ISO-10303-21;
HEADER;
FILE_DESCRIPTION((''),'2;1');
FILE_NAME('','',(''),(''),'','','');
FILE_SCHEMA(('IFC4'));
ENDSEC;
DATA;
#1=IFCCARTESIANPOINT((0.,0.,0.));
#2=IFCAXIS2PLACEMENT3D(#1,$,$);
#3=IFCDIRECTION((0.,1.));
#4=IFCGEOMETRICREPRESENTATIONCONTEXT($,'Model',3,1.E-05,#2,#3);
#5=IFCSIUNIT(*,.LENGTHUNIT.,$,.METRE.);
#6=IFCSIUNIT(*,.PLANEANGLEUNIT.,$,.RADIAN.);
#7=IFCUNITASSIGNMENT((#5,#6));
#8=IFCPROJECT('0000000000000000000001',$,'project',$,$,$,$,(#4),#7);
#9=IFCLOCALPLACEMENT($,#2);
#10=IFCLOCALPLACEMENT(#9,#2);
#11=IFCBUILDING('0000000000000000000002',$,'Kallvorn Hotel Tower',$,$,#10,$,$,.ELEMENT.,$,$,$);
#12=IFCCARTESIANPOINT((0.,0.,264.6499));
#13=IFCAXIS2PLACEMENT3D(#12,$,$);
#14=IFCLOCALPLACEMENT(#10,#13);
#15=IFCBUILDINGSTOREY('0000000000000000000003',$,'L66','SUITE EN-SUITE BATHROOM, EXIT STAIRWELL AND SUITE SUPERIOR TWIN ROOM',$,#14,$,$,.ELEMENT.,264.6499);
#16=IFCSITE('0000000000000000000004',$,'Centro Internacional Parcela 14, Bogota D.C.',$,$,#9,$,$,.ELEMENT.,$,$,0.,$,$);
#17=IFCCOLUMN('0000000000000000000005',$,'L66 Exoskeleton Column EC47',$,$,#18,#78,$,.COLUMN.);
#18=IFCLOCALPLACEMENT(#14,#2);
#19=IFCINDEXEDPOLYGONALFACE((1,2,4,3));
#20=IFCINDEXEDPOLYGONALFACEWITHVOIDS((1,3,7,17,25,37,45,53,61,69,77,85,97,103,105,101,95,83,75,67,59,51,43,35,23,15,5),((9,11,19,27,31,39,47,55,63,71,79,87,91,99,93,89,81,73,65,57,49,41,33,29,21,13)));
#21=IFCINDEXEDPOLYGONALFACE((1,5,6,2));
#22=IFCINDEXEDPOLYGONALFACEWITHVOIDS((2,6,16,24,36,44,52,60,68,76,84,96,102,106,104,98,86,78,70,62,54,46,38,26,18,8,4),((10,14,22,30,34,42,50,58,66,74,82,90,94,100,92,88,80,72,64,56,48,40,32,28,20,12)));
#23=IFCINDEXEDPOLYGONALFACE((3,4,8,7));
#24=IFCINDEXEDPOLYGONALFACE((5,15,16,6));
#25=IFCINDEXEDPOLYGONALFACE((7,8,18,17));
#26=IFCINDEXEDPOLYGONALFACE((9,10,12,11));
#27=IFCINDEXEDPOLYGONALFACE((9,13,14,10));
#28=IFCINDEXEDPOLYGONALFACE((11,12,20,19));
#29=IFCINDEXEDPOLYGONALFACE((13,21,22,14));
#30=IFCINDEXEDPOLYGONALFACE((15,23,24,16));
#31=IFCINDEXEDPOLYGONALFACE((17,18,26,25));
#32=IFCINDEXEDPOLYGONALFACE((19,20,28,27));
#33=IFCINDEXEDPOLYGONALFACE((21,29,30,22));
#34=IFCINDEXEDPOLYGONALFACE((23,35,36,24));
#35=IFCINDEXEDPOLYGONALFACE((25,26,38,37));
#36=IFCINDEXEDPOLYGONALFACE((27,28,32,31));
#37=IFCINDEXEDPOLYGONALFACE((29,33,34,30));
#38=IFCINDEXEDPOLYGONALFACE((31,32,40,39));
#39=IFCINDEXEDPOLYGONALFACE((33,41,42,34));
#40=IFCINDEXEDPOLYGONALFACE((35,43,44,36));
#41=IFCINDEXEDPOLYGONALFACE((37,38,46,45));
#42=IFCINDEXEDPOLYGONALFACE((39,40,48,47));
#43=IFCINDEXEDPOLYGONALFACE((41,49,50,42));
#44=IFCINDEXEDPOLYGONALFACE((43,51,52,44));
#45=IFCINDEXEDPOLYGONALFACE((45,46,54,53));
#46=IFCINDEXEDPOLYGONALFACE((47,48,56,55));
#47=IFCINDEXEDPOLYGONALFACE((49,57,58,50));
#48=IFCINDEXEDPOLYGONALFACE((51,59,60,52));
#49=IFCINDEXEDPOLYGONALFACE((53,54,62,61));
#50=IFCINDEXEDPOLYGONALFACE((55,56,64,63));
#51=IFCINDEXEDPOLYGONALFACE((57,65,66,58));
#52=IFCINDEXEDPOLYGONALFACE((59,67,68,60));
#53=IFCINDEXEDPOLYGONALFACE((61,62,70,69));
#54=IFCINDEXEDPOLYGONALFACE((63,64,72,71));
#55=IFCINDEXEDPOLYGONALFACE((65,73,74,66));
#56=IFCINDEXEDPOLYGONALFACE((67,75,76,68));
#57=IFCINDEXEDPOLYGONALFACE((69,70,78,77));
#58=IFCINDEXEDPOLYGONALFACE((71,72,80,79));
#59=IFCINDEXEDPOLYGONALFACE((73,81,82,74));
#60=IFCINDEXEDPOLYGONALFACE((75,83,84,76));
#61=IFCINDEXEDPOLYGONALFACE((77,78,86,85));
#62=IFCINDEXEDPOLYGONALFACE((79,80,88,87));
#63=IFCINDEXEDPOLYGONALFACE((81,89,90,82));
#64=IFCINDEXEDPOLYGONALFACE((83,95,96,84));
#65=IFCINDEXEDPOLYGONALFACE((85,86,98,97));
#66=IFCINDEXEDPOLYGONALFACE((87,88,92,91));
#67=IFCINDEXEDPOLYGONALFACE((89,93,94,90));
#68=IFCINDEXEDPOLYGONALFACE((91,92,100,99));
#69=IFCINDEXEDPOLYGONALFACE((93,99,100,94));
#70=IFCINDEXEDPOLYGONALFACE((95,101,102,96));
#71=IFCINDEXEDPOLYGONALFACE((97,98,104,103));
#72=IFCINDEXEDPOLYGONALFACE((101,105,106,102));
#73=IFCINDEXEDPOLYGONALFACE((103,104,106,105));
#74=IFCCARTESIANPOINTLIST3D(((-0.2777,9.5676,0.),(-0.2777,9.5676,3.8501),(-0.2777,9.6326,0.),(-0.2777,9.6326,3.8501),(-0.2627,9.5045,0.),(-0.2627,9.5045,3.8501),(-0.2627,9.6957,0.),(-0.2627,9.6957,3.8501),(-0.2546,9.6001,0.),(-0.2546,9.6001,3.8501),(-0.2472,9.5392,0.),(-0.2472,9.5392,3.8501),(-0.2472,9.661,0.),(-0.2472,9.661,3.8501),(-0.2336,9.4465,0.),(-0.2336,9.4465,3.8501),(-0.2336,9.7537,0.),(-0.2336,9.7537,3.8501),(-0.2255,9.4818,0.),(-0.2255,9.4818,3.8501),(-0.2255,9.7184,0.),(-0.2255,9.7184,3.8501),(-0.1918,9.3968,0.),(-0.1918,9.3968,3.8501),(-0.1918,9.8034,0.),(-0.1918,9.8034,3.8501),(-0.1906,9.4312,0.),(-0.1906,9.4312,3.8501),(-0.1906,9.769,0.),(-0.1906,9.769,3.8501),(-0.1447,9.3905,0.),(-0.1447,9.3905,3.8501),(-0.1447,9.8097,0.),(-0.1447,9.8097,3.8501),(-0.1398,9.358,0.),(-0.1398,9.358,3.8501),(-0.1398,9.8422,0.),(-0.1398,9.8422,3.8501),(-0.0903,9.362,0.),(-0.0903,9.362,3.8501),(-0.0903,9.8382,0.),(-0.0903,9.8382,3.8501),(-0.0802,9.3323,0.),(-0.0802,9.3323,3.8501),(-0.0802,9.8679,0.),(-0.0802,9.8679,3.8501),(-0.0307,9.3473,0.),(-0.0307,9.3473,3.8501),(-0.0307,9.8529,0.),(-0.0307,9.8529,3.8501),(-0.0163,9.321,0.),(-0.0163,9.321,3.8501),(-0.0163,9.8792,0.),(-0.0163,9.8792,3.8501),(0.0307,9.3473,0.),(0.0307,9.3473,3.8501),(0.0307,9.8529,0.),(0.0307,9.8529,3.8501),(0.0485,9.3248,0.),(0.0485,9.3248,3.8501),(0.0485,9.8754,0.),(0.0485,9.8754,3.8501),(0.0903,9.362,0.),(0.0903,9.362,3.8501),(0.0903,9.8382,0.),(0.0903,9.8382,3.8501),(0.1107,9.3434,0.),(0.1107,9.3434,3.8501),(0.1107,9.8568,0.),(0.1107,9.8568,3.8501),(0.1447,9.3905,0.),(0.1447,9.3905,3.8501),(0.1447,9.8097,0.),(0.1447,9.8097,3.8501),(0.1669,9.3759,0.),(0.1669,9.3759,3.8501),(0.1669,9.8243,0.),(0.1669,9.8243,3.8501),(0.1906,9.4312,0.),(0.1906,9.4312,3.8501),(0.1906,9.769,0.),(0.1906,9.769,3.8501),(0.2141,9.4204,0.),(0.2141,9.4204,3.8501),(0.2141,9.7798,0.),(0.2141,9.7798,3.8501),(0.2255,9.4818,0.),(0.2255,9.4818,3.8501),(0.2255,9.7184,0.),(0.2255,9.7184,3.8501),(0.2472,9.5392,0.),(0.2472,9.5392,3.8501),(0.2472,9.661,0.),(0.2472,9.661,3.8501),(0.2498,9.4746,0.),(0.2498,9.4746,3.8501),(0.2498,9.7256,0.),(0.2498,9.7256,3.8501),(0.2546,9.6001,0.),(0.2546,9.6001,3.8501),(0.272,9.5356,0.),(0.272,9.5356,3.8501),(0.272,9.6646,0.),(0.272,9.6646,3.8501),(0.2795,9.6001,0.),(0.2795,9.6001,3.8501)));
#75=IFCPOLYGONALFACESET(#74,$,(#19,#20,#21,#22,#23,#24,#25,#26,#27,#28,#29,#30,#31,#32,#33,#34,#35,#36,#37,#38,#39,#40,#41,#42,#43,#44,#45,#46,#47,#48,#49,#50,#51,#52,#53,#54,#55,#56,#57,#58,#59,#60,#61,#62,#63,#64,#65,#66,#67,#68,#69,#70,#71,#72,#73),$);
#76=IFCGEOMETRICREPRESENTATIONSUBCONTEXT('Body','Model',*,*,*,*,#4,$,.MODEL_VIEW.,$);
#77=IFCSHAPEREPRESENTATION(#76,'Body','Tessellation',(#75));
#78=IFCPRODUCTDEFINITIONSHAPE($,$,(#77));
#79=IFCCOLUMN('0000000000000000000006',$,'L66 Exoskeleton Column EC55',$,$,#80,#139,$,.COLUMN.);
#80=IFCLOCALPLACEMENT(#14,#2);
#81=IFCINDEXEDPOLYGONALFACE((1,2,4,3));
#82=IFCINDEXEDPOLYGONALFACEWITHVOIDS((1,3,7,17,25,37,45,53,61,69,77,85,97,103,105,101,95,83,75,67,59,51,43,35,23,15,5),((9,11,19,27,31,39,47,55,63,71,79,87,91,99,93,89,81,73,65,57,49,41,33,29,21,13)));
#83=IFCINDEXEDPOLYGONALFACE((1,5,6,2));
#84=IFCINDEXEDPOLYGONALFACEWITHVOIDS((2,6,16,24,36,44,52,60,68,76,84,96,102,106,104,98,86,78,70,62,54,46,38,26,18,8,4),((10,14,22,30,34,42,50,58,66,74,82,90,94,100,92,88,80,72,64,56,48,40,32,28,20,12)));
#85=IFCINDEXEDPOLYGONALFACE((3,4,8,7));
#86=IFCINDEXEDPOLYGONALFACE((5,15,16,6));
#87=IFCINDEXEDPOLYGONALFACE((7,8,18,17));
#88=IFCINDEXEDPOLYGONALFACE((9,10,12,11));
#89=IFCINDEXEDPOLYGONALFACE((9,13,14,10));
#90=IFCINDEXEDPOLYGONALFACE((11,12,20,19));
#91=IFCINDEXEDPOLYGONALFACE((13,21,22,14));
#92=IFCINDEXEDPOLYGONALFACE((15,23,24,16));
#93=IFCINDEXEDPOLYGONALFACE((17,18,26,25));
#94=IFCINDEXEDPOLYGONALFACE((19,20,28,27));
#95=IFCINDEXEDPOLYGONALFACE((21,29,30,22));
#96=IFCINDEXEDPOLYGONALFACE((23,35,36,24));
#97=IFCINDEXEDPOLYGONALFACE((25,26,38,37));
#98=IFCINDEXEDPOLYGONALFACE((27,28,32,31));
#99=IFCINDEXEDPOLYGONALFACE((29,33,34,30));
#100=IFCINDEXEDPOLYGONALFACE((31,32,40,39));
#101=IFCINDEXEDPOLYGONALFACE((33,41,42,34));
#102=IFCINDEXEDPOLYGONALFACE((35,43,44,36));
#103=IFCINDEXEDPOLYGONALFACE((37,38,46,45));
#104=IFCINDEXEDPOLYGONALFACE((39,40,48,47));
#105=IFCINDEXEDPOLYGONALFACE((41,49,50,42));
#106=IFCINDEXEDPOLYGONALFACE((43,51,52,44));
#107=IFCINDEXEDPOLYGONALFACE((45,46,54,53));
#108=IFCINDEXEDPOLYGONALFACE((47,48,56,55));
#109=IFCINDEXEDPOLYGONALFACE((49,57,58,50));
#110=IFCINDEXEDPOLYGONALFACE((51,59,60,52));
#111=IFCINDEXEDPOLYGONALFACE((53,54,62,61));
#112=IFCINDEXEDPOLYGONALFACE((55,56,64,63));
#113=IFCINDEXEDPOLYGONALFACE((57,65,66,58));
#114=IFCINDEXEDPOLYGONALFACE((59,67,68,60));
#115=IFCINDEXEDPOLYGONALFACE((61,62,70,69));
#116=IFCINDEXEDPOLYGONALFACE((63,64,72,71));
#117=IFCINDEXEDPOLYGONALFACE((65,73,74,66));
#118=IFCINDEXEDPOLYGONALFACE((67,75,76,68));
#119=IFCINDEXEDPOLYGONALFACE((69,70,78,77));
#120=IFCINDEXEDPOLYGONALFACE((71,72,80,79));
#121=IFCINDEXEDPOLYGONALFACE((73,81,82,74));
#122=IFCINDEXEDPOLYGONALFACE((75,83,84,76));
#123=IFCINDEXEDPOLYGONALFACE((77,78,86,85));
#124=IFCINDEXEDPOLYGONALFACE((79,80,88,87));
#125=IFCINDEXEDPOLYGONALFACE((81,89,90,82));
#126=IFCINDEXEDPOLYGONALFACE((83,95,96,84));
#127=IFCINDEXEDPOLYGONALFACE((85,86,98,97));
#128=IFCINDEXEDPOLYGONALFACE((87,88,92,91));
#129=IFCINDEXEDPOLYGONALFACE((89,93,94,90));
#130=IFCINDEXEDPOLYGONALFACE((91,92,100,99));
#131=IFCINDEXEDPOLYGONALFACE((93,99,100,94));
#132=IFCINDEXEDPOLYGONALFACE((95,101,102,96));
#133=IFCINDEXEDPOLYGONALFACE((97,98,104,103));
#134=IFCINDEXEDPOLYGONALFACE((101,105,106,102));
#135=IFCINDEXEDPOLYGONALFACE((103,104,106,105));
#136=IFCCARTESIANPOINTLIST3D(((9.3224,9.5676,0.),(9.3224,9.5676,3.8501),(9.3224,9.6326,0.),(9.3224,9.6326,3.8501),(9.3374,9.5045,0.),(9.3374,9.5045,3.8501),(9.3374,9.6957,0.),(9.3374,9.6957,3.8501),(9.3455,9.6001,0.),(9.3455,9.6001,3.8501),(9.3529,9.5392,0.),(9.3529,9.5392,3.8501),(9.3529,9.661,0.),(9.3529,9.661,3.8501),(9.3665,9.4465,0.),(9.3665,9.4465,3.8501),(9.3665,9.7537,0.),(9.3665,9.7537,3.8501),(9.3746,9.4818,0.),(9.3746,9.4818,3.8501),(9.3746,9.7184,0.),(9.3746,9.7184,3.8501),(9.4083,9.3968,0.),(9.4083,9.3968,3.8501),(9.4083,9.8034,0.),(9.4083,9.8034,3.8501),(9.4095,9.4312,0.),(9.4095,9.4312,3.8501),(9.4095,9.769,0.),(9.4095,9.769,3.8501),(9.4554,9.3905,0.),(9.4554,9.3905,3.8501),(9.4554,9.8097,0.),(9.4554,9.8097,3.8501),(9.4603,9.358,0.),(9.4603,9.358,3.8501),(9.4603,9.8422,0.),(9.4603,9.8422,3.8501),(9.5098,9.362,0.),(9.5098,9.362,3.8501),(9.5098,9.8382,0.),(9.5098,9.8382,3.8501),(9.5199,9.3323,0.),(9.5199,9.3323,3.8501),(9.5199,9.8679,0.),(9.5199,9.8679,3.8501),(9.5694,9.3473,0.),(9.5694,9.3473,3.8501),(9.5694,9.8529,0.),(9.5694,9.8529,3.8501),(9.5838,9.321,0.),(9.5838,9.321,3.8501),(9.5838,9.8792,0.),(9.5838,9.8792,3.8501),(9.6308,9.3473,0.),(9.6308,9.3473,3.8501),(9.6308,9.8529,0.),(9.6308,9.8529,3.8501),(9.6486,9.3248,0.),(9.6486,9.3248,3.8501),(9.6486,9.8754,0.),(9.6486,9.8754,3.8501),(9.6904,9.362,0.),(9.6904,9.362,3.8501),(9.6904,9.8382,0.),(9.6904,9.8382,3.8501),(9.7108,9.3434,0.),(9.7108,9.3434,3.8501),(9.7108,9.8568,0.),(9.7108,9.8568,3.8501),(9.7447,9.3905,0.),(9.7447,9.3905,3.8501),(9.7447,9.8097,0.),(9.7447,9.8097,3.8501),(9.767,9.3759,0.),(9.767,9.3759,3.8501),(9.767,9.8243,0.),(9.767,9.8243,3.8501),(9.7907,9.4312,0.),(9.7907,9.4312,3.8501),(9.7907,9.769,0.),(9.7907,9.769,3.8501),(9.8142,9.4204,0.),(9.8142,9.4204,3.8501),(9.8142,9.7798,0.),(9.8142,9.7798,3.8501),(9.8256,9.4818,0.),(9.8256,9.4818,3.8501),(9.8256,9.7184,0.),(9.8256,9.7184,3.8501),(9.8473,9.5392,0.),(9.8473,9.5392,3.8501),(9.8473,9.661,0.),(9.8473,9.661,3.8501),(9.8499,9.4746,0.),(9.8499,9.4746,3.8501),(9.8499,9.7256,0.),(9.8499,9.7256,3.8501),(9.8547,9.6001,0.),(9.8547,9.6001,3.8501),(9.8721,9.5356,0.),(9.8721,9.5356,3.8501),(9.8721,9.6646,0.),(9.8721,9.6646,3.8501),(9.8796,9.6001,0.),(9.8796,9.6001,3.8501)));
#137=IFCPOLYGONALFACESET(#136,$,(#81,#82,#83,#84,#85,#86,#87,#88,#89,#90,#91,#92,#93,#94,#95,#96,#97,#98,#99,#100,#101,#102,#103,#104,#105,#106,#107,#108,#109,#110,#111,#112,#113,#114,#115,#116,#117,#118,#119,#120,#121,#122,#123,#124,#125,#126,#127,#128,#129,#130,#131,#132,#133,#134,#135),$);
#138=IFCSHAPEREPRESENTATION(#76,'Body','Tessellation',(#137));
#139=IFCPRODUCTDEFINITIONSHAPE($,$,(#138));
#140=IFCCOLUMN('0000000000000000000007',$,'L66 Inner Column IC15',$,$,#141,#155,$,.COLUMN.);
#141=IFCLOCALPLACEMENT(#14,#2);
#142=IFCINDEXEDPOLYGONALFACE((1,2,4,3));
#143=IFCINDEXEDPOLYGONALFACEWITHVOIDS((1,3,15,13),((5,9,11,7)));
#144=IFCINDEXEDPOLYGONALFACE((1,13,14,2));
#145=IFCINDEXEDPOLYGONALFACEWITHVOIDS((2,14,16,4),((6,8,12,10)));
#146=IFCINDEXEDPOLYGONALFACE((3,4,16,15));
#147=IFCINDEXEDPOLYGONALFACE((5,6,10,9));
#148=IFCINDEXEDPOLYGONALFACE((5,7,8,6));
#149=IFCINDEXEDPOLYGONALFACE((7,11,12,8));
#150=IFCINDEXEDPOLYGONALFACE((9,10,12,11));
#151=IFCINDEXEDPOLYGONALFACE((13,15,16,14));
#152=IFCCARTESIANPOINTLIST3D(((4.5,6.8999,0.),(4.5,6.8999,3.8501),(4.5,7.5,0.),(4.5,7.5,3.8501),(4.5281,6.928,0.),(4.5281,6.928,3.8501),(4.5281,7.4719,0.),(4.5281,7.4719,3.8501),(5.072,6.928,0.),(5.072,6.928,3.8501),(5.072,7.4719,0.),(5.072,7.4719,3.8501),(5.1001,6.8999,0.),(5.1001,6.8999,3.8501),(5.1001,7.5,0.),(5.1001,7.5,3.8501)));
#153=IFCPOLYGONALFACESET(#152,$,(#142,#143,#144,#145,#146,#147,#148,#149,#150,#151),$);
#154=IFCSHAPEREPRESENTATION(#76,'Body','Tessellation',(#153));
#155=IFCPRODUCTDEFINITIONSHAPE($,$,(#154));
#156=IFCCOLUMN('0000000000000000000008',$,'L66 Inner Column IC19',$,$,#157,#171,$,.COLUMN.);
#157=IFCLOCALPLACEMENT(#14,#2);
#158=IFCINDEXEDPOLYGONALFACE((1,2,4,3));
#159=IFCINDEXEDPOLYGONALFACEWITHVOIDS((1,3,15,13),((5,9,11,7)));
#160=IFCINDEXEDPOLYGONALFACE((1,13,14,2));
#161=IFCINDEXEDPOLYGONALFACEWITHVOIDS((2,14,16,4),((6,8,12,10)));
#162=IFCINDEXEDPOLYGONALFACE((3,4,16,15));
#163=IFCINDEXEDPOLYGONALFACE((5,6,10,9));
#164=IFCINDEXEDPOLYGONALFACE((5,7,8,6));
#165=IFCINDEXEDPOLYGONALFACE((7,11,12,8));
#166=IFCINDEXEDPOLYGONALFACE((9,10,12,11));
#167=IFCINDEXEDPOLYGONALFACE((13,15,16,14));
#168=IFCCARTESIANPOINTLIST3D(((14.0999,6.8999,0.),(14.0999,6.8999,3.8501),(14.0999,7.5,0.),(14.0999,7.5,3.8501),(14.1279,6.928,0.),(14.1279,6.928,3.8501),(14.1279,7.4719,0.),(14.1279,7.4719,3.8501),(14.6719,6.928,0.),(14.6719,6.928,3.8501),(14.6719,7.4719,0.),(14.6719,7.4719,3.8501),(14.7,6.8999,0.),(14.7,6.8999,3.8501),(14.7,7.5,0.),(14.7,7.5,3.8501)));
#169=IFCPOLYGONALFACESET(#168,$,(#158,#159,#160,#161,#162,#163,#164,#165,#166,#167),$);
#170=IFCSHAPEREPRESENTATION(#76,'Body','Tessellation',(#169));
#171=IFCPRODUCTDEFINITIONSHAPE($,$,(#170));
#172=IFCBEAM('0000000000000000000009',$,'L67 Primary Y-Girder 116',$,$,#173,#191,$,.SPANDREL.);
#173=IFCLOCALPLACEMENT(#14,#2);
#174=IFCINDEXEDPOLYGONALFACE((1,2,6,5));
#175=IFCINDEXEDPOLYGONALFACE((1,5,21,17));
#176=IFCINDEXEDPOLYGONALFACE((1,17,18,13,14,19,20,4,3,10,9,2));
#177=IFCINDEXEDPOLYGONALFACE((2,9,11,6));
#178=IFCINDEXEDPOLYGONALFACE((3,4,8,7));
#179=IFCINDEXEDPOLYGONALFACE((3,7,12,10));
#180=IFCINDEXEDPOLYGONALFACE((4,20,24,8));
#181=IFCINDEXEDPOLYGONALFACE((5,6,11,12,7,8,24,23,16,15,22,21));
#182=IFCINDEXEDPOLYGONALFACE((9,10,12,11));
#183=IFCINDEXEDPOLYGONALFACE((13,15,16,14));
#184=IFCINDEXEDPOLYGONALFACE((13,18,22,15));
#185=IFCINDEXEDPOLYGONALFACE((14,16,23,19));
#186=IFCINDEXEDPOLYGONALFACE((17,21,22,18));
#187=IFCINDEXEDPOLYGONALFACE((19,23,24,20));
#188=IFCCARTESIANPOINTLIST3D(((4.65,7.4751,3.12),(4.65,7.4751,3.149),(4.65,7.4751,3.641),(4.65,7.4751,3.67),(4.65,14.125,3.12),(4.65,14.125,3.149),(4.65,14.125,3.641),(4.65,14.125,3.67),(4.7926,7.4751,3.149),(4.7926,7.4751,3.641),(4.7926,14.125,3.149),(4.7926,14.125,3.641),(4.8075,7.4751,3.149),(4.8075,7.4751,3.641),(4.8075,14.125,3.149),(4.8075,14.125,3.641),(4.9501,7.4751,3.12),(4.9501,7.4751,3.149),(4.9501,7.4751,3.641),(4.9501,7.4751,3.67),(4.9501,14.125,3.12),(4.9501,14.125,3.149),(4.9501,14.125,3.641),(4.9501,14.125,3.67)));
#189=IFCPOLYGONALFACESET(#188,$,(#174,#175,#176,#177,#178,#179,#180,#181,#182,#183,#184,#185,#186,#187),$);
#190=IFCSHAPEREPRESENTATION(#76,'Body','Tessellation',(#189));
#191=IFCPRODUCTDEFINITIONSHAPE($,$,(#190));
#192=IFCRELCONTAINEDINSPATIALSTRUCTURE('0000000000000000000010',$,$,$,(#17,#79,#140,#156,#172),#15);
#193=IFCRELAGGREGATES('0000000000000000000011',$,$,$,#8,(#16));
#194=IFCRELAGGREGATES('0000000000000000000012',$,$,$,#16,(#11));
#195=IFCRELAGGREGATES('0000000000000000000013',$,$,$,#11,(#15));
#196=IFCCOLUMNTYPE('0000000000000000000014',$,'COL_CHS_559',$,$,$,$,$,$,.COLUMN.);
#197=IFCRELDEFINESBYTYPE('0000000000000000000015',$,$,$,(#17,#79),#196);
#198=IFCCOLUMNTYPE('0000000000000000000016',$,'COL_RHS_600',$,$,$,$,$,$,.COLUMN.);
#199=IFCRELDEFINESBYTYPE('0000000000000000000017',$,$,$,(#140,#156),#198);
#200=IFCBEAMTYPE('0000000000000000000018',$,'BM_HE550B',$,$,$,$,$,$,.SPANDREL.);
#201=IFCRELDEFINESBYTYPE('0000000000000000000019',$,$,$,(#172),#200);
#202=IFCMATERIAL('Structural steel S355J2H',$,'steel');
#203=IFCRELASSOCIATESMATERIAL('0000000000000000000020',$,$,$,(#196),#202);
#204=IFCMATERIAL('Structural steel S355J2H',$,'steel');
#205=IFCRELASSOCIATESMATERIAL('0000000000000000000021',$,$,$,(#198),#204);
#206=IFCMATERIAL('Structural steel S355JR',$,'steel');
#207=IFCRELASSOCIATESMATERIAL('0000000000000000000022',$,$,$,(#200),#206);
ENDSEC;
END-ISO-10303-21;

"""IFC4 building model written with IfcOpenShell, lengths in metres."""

from ifc_helpers import new_model, si_unit, direction, frame, origin, origin_2d, place, context, subcontext, project, spatial, hollow_rectangle, hollow_circle, i_section, extrude, material, material_profile, profile_set, type_object, element, save


model = new_model("IFC4")

# Units and contexts
model_context = context("Model", 3, precision=1e-05, world=origin(), true_north=direction((0.0, 1.0)))
body_context = subcontext(model_context, "Body", "Model", "MODEL_VIEW")
ifc_project = project(units=[si_unit("LENGTHUNIT", "METRE"), si_unit("PLANEANGLEUNIT", "RADIAN")], contexts=[model_context])

# Site, building, storey
site_placement = place(None, origin())
site = spatial("IfcSite", under=ifc_project, at=site_placement, Name="Centro Internacional Parcela 14, Bogota D.C.", CompositionType="ELEMENT", RefElevation=0.0)
building_placement = place(site_placement, origin())
building = spatial("IfcBuilding", under=site, at=building_placement, Name="Kallvorn Hotel Tower", CompositionType="ELEMENT")
storey_placement = place(building_placement, frame((0.0, 0.0, 264.6499)))
storey = spatial("IfcBuildingStorey", under=building, at=storey_placement, Name="L66", Description="SUITE EN-SUITE BATHROOM, EXIT STAIRWELL AND SUITE SUPERIOR TWIN ROOM", CompositionType="ELEMENT", Elevation=264.6499)

# Columns
ifc_material_1 = material(Name="Structural steel S355J2H", Category="steel")
ifc_material_profile_1 = material_profile(ifc_material_1, hollow_circle(Radius=0.2795, WallThickness=0.0249, at=origin_2d()), Name="CHS 559x25")
ifc_profile_set_1 = profile_set([ifc_material_profile_1], Name="Structural steel S355J2H")
column_type_1 = type_object("IfcColumnType", Name="COL_CHS_559", PredefinedType="COLUMN", material=ifc_profile_set_1)
for number, where, z_axis, x_axis, name in (
    (1, (0.0, 9.6001, 0.0), (0.0, 0.0, 1.0), (1.0, 0.0, 0.0), "L66 Exoskeleton Column EC47"),
    (2, (9.6001, 9.6001, 0.0), (0.0, 0.0, 1.0), (1.0, 0.0, 0.0), "L66 Exoskeleton Column EC55"),
):
    element("IfcColumn", number, at=place(storey_placement, frame(where, z_axis=z_axis, x_axis=x_axis)), inside=storey, type_object=column_type_1, Name=name, PredefinedType="COLUMN", context=body_context, shape_type="SweptSolid", body=[
        extrude(hollow_circle(Radius=0.2795, WallThickness=0.0249, at=origin_2d()), origin(), (0.0, 0.0, 1.0), 3.8501),
    ])
ifc_material_2 = material(Name="Structural steel S355J2H", Category="steel")
ifc_material_profile_2 = material_profile(ifc_material_2, hollow_rectangle(XDim=0.6001, YDim=0.6001, WallThickness=0.0281, at=origin_2d()), Name="RHS 600x600x28")
ifc_profile_set_2 = profile_set([ifc_material_profile_2], Name="Structural steel S355J2H")
column_type_2 = type_object("IfcColumnType", Name="COL_RHS_600", PredefinedType="COLUMN", material=ifc_profile_set_2)
for number, where, z_axis, x_axis, name in (
    (3, (4.8, 7.2, 0.0), (0.0, 0.0, 1.0), (1.0, 0.0, 0.0), "L66 Inner Column IC15"),
    (4, (14.3999, 7.2, 0.0), (0.0, 0.0, 1.0), (1.0, 0.0, 0.0), "L66 Inner Column IC19"),
):
    element("IfcColumn", number, at=place(storey_placement, frame(where, z_axis=z_axis, x_axis=x_axis)), inside=storey, type_object=column_type_2, Name=name, PredefinedType="COLUMN", context=body_context, shape_type="SweptSolid", body=[
        extrude(hollow_rectangle(XDim=0.6001, YDim=0.6001, WallThickness=0.0281, at=origin_2d()), origin(), (0.0, 0.0, 1.0), 3.8501),
    ])

# Beam
ifc_material_3 = material(Name="Structural steel S355JR", Category="steel")
ifc_material_profile_3 = material_profile(ifc_material_3, i_section(OverallWidth=0.3, OverallDepth=0.55, WebThickness=0.0149, FlangeThickness=0.0291, at=origin_2d()), Name="HE 550 B")
ifc_profile_set_3 = profile_set([ifc_material_profile_3], Name="Structural steel S355JR")
beam_type_1 = type_object("IfcBeamType", Name="BM_HE550B", PredefinedType="SPANDREL", material=ifc_profile_set_3)
for number, where, z_axis, x_axis, name in (
    (5, (4.8, 7.4751, 3.395), (0.0, 1.0, 0.0), (-1.0, 0.0, 0.0), "L67 Primary Y-Girder 116"),
):
    element("IfcBeam", number, at=place(storey_placement, frame(where, z_axis=z_axis, x_axis=x_axis)), inside=storey, type_object=beam_type_1, Name=name, PredefinedType="SPANDREL", context=body_context, shape_type="SweptSolid", body=[
        extrude(i_section(OverallWidth=0.3, OverallDepth=0.55, WebThickness=0.0149, FlangeThickness=0.0291, at=origin_2d()), origin(), (0.0, 0.0, 1.0), 6.6499),
    ])

save(model, "model.ifc")
